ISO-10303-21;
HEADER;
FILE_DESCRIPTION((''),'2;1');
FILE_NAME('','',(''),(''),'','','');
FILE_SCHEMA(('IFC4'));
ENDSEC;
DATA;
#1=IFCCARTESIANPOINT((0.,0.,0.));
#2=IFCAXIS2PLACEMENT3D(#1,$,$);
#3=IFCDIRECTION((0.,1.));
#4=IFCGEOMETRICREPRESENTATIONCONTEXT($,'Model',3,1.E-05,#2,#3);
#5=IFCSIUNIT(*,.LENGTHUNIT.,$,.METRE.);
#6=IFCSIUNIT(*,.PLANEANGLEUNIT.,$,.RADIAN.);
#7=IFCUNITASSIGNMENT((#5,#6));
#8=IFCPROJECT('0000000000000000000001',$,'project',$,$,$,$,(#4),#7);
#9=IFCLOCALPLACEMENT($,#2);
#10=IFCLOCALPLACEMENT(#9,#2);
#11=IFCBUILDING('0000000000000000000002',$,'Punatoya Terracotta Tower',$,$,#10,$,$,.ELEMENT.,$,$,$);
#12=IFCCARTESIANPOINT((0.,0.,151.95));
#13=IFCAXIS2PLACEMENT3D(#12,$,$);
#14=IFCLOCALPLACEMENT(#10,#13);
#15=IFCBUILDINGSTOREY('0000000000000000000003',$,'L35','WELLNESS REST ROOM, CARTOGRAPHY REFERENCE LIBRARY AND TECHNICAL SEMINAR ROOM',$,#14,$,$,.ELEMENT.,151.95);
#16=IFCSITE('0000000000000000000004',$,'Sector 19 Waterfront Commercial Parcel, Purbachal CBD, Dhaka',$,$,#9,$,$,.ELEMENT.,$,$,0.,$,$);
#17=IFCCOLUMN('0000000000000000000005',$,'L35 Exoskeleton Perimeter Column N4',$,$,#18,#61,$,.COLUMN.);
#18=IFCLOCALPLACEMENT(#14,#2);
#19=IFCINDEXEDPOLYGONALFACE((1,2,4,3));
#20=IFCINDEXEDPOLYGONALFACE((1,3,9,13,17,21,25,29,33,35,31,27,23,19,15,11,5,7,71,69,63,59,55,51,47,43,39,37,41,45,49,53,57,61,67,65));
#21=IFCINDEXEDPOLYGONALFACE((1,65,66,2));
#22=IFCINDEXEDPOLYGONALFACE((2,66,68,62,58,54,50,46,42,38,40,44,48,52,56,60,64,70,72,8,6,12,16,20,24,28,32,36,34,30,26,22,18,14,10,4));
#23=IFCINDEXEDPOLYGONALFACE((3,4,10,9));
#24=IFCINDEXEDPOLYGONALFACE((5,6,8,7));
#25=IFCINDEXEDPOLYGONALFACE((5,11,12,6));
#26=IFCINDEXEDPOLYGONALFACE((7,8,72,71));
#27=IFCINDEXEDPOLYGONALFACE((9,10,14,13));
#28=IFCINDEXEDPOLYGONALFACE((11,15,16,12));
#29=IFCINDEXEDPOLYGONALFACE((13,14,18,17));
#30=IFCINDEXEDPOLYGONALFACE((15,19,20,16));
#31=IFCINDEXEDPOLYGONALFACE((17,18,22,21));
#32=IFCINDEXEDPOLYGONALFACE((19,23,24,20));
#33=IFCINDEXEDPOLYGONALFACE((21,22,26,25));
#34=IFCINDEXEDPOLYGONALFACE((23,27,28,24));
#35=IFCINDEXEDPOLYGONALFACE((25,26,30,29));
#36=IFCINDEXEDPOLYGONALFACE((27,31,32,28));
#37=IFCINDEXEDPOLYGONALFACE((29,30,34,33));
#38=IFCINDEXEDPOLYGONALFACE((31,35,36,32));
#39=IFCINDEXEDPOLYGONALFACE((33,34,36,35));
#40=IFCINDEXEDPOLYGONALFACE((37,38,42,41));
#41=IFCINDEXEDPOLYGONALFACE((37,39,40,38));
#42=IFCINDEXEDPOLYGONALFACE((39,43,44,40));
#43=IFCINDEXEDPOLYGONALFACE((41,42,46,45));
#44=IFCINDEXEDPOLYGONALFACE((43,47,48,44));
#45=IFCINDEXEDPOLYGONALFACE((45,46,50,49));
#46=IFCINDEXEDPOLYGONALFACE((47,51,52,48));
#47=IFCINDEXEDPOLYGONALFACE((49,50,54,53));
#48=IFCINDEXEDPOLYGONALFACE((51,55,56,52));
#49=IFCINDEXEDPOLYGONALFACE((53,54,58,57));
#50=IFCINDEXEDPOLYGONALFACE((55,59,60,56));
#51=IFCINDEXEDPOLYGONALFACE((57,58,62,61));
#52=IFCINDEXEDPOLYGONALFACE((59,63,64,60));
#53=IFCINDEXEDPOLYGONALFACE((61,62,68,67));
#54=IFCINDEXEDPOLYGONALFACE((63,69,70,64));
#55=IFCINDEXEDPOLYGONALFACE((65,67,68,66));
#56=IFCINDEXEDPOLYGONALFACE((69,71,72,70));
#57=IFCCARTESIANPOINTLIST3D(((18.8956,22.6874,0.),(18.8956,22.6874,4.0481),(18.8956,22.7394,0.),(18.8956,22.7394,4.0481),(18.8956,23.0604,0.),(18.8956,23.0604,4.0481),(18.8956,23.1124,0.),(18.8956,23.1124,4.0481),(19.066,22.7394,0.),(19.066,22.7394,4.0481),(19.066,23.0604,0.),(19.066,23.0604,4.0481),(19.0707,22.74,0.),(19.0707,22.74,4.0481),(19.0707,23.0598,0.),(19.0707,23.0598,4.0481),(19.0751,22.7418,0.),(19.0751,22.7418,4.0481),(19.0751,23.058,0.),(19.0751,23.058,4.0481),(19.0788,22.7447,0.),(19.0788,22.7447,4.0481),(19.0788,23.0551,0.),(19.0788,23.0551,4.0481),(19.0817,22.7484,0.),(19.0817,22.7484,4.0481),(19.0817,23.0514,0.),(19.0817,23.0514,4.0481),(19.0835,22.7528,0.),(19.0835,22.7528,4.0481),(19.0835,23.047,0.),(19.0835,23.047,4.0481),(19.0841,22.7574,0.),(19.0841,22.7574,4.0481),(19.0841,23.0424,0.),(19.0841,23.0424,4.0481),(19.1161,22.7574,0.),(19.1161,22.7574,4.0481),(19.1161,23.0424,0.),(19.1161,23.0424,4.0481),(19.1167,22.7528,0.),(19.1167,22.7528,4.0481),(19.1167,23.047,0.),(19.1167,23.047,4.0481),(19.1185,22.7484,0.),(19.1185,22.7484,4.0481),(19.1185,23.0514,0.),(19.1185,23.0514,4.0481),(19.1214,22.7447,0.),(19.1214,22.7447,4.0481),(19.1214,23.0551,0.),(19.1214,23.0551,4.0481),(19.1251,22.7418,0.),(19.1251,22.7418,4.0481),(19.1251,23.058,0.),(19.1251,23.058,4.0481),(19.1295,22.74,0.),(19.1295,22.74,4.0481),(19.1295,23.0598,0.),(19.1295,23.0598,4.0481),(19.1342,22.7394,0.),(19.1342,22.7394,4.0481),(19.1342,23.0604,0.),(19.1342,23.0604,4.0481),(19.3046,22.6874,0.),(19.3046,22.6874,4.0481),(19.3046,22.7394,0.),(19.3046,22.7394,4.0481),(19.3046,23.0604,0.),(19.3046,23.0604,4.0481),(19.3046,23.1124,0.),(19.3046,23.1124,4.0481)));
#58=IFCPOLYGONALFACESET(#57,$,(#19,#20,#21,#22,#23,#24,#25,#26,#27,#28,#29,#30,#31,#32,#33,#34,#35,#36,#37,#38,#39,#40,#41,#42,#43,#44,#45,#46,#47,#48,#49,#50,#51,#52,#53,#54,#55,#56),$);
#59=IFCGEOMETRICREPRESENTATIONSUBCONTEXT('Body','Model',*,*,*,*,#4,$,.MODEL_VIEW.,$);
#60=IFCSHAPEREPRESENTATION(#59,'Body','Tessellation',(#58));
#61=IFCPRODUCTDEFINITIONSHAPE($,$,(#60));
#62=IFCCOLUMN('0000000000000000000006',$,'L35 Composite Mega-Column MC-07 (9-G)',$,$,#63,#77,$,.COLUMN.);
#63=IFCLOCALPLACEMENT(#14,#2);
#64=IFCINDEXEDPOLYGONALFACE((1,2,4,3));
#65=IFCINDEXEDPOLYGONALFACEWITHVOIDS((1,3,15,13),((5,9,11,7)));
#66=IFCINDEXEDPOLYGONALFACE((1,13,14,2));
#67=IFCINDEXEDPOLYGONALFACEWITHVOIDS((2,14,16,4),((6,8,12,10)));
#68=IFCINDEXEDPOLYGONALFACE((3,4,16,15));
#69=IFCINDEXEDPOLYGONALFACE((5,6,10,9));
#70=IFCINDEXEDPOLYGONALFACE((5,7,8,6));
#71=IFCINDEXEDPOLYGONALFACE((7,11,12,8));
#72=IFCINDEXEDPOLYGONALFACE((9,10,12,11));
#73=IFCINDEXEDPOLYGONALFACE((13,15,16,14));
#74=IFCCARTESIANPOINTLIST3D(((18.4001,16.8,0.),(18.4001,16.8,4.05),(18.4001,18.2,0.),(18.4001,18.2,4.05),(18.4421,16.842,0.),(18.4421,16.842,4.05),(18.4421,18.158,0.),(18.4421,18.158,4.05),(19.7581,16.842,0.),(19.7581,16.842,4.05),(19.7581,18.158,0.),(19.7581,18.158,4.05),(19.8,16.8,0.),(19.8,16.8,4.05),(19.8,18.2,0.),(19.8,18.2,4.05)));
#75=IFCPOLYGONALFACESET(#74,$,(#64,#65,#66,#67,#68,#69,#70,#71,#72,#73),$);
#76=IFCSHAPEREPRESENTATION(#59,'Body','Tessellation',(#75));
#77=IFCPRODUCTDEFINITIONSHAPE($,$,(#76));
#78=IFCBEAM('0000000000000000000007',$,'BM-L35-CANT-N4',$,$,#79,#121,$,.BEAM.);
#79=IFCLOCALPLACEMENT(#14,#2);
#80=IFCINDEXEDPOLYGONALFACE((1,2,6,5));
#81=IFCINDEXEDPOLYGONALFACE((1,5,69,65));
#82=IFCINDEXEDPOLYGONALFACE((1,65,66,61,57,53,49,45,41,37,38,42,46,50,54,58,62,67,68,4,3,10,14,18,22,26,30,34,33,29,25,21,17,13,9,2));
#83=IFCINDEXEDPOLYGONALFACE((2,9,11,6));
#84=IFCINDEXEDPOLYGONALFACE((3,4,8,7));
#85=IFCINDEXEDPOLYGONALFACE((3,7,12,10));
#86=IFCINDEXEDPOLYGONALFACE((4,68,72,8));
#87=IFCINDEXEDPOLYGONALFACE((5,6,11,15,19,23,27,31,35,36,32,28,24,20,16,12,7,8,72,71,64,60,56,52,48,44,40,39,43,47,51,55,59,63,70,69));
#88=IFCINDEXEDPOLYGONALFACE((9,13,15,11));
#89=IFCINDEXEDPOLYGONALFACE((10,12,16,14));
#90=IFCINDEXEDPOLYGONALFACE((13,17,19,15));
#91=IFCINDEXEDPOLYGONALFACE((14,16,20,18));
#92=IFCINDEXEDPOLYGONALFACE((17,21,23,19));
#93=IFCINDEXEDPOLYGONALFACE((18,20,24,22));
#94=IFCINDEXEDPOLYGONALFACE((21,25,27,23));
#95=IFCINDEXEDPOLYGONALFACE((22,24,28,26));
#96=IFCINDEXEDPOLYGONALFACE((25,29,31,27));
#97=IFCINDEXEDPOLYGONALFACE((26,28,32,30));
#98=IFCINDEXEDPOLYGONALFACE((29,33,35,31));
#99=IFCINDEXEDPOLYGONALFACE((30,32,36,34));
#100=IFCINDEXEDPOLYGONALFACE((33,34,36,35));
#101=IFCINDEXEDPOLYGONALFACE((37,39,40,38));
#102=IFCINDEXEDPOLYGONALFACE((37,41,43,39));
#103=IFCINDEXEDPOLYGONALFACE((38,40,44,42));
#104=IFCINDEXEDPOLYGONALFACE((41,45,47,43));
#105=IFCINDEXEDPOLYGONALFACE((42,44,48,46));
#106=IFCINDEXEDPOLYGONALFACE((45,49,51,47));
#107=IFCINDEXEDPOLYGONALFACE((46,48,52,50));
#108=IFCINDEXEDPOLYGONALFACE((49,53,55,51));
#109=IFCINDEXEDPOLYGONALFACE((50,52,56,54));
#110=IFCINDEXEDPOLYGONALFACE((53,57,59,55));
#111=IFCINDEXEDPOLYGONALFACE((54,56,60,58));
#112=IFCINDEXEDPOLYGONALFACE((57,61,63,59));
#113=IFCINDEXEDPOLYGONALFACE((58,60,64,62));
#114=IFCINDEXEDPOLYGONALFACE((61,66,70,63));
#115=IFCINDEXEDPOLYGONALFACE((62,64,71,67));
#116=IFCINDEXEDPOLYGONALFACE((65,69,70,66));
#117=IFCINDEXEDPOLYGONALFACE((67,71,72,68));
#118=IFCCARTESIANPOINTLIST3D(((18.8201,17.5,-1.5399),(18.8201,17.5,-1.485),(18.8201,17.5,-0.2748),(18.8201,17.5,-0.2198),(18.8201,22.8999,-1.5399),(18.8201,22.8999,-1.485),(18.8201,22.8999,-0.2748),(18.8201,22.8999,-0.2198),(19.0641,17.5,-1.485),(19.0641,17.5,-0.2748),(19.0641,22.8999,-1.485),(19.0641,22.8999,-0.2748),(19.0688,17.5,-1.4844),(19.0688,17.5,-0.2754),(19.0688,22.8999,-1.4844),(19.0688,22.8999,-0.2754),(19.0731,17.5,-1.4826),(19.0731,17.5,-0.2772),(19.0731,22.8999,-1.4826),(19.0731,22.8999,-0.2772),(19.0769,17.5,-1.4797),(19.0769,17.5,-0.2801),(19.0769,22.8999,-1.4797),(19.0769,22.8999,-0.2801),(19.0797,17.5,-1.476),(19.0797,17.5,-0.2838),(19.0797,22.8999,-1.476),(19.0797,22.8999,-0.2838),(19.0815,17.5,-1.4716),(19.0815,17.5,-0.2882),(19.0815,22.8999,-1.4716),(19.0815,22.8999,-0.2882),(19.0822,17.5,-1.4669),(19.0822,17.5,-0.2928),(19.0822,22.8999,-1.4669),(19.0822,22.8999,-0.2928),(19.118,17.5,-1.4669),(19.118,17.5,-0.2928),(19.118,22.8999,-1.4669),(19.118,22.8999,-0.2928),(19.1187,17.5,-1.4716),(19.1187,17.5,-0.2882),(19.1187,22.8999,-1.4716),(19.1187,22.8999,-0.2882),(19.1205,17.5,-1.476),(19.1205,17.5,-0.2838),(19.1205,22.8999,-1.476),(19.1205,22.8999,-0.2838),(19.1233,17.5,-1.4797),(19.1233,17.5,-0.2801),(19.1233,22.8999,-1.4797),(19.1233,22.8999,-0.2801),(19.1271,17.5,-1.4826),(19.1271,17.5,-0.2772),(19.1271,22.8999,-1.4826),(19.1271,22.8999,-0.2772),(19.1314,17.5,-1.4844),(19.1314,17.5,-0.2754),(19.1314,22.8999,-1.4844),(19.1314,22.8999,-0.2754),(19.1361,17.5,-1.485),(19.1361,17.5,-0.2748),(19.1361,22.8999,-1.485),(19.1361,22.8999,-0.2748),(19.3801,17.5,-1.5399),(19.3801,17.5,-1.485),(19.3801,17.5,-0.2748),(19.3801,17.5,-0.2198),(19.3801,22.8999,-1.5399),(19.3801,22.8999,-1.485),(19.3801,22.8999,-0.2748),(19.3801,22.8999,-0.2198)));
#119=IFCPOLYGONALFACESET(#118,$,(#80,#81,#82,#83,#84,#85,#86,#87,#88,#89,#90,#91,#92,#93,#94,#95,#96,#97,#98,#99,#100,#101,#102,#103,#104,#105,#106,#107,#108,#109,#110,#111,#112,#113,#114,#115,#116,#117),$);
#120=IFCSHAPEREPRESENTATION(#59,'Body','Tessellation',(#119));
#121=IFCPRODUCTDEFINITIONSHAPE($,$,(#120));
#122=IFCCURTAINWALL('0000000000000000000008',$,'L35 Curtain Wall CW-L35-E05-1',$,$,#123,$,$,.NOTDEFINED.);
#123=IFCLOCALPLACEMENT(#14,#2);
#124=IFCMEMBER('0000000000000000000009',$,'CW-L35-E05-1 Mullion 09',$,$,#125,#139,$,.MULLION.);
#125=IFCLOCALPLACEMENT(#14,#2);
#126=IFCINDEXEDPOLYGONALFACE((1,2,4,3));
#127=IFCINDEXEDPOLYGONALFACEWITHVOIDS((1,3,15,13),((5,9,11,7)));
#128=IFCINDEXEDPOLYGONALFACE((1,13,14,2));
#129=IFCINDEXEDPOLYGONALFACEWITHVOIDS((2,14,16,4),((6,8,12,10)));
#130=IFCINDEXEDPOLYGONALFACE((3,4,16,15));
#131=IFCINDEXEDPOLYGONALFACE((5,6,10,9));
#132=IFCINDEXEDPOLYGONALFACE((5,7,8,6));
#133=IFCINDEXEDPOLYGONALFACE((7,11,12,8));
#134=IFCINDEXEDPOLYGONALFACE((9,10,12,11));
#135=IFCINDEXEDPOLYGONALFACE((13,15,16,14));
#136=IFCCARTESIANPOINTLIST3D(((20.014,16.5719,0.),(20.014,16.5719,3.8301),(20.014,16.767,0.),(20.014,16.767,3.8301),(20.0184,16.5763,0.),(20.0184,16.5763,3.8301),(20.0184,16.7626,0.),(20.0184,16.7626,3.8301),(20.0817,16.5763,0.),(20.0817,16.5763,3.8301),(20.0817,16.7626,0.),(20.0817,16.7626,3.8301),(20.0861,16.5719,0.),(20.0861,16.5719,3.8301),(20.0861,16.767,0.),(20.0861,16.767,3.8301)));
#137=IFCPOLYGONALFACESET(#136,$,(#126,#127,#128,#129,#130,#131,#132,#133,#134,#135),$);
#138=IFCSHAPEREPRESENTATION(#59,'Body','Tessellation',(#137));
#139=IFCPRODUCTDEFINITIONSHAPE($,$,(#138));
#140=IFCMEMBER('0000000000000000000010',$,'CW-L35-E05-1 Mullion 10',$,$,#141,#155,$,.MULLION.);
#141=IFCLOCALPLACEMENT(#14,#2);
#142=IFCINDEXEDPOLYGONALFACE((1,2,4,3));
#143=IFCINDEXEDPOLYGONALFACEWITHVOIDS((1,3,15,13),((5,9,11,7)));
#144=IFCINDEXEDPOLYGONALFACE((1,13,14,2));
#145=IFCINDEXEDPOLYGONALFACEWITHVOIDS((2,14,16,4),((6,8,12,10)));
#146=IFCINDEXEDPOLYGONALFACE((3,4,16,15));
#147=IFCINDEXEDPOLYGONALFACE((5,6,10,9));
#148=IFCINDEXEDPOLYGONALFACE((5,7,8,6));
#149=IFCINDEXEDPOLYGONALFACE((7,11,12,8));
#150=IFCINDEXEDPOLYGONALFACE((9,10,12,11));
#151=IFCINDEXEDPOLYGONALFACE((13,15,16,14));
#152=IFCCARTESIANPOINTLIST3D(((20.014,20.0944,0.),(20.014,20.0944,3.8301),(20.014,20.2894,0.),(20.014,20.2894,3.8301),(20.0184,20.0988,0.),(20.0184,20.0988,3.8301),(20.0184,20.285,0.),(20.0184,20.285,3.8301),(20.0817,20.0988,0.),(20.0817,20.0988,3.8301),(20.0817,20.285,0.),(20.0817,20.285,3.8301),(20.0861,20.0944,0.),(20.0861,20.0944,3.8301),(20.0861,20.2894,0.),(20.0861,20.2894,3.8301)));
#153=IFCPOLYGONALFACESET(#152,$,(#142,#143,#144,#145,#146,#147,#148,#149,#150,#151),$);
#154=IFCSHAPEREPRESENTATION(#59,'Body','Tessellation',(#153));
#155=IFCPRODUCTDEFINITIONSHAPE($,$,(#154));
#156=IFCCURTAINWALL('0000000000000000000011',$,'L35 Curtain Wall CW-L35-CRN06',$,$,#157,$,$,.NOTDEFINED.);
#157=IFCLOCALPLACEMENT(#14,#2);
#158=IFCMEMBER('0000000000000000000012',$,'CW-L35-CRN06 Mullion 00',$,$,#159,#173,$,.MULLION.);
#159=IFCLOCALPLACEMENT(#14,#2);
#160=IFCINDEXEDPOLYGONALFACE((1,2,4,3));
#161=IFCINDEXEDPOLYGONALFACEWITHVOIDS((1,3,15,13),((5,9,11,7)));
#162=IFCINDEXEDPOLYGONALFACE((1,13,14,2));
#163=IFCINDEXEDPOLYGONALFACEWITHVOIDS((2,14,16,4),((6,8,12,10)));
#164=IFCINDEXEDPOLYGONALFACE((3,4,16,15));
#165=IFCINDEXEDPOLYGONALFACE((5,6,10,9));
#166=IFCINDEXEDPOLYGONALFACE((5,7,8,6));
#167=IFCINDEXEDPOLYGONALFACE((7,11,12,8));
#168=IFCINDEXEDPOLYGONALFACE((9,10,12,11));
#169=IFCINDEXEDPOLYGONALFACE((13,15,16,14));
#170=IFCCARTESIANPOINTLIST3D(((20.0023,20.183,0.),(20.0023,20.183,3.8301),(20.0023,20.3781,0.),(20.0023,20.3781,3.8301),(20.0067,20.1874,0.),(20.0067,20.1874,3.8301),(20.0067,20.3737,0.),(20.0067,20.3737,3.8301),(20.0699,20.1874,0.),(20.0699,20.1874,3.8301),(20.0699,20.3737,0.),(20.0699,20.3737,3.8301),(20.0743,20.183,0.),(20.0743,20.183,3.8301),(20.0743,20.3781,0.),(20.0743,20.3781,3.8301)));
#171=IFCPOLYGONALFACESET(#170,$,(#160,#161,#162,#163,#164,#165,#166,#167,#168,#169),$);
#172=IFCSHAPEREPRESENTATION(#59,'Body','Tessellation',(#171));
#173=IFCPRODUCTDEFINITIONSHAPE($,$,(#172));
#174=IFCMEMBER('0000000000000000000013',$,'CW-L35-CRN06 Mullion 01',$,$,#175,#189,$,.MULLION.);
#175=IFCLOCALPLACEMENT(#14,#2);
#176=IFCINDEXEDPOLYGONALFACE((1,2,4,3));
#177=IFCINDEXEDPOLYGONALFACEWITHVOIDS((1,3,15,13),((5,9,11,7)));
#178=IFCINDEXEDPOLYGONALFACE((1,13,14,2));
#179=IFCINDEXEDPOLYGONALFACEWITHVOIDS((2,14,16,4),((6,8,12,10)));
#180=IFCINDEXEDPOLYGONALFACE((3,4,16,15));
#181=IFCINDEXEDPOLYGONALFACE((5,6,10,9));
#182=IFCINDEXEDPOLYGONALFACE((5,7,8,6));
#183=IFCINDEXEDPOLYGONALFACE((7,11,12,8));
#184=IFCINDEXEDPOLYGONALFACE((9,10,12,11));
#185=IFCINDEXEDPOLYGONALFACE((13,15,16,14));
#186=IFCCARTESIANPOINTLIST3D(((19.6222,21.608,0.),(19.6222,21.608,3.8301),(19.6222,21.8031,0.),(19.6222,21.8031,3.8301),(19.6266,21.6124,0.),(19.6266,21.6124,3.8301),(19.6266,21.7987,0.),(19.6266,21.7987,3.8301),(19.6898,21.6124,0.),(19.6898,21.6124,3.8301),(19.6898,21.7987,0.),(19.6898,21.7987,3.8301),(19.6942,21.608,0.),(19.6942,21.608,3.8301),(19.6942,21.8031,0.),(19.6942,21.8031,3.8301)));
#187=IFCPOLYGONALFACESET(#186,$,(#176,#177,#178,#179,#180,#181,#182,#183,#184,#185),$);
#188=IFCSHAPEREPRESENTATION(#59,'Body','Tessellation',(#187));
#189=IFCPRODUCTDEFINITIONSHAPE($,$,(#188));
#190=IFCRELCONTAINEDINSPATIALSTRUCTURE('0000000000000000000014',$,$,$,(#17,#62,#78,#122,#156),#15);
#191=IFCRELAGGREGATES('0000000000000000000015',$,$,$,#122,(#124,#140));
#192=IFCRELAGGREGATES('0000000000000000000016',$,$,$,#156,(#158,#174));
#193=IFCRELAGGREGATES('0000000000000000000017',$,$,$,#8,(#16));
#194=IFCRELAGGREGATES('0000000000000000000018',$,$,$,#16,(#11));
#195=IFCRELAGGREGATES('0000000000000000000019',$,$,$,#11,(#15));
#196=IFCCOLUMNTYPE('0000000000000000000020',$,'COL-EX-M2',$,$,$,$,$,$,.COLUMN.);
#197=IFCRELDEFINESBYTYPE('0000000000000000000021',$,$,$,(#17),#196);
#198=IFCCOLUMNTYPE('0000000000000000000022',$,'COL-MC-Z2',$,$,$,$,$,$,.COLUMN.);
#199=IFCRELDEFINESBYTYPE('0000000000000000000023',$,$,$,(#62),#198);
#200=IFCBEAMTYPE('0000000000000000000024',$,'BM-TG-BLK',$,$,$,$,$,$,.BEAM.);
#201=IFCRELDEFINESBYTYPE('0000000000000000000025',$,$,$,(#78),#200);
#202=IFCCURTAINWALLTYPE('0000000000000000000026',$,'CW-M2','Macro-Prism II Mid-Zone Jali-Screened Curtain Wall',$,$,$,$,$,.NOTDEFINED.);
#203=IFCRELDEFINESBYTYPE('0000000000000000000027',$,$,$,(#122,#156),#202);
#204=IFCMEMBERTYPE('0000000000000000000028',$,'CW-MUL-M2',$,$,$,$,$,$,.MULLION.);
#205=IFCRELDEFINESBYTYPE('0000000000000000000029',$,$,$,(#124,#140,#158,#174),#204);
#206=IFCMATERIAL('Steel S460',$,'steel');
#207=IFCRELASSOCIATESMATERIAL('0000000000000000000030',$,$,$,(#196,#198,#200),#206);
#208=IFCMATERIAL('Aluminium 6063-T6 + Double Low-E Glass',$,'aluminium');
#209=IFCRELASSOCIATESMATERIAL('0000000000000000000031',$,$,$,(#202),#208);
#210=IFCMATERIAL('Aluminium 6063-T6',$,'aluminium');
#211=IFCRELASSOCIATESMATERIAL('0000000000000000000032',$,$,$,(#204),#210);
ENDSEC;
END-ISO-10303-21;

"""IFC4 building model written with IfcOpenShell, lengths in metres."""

from ifc_helpers import new_model, si_unit, direction, frame, origin, origin_2d, place, context, subcontext, project, spatial, hollow_rectangle, i_section, extrude, material, material_profile, profile_set, type_object, element, aggregate, save


model = new_model("IFC4")

# Units and contexts
model_context = context("Model", 3, precision=1e-05, world=origin(), true_north=direction((0.0, 1.0)))
body_context = subcontext(model_context, "Body", "Model", "MODEL_VIEW")
ifc_project = project(units=[si_unit("LENGTHUNIT", "METRE"), si_unit("PLANEANGLEUNIT", "RADIAN")], contexts=[model_context])

# Site, building, storey
site_placement = place(None, origin())
site = spatial("IfcSite", under=ifc_project, at=site_placement, Name="Sector 19 Waterfront Commercial Parcel, Purbachal CBD, Dhaka", CompositionType="ELEMENT", RefElevation=0.0)
building_placement = place(site_placement, origin())
building = spatial("IfcBuilding", under=site, at=building_placement, Name="Punatoya Terracotta Tower", CompositionType="ELEMENT")
storey_placement = place(building_placement, frame((0.0, 0.0, 151.95)))
storey = spatial("IfcBuildingStorey", under=building, at=storey_placement, Name="L35", Description="WELLNESS REST ROOM, CARTOGRAPHY REFERENCE LIBRARY AND TECHNICAL SEMINAR ROOM", CompositionType="ELEMENT", Elevation=151.95)

# Columns
ifc_material_1 = material(Name="Steel S460", Category="steel")
ifc_material_profile_1 = material_profile(ifc_material_1, i_section(OverallWidth=0.4089, OverallDepth=0.425, WebThickness=0.032, FlangeThickness=0.052, FilletRadius=0.0181, at=origin_2d()))
ifc_profile_set_1 = profile_set([ifc_material_profile_1], Name="Steel S460")
column_type_1 = type_object("IfcColumnType", Name="COL-EX-M2", PredefinedType="COLUMN", material=ifc_profile_set_1)
column_1_placement = place(storey_placement, frame((19.1001, 22.8999, 0.0), z_axis=(0.0, 0.0, 1.0), x_axis=(1.0, 0.0, 0.0)))
element("IfcColumn", 1, at=column_1_placement, inside=storey, type_object=column_type_1, Name="L35 Exoskeleton Perimeter Column N4", PredefinedType="COLUMN", context=body_context, shape_type="SweptSolid", body=[
    extrude(i_section(OverallWidth=0.4089, OverallDepth=0.425, WebThickness=0.032, FlangeThickness=0.052, FilletRadius=0.0181, at=origin_2d()), origin(), (0.0, 0.0, 1.0), 4.0481),
])
ifc_material_profile_2 = material_profile(ifc_material_1, hollow_rectangle(XDim=1.3999, YDim=1.3999, WallThickness=0.042, at=origin_2d()))
ifc_profile_set_2 = profile_set([ifc_material_profile_2], Name="Steel S460")
column_type_2 = type_object("IfcColumnType", Name="COL-MC-Z2", PredefinedType="COLUMN", material=ifc_profile_set_2)
column_2_placement = place(storey_placement, frame((19.1001, 17.5, 0.0), z_axis=(0.0, 0.0, 1.0), x_axis=(1.0, 0.0, 0.0)))
element("IfcColumn", 2, at=column_2_placement, inside=storey, type_object=column_type_2, Name="L35 Composite Mega-Column MC-07 (9-G)", PredefinedType="COLUMN", context=body_context, shape_type="SweptSolid", body=[
    extrude(hollow_rectangle(XDim=1.3999, YDim=1.3999, WallThickness=0.042, at=origin_2d()), origin(), (0.0, 0.0, 1.0), 4.05),
])

# Beam
ifc_material_profile_3 = material_profile(ifc_material_1, i_section(OverallWidth=0.5601, OverallDepth=1.3201, WebThickness=0.0359, FlangeThickness=0.0549, FilletRadius=0.0181, at=origin_2d()))
ifc_profile_set_3 = profile_set([ifc_material_profile_3], Name="Steel S460")
beam_type = type_object("IfcBeamType", Name="BM-TG-BLK", PredefinedType="BEAM", material=ifc_profile_set_3)
beam_placement = place(storey_placement, frame((19.1001, 17.5, -0.8799), z_axis=(0.0, 1.0, 0.0), x_axis=(-1.0, 0.0, 0.0)))
element("IfcBeam", 3, at=beam_placement, inside=storey, type_object=beam_type, Name="BM-L35-CANT-N4", PredefinedType="BEAM", context=body_context, shape_type="SweptSolid", body=[
    extrude(i_section(OverallWidth=0.5601, OverallDepth=1.3201, WebThickness=0.0359, FlangeThickness=0.0549, FilletRadius=0.0181, at=origin_2d()), origin(), (0.0, 0.0, 1.0), 5.3999),
])

# Curtain walls, members
ifc_material_2 = material(Name="Aluminium 6063-T6 + Double Low-E Glass", Category="aluminium")
curtain_wall_type = type_object("IfcCurtainWallType", Name="CW-M2", Description="Macro-Prism II Mid-Zone Jali-Screened Curtain Wall", PredefinedType="NOTDEFINED", material=ifc_material_2)
curtain_wall_1_placement = place(storey_placement, origin())
curtain_wall_1 = element("IfcCurtainWall", 4, at=curtain_wall_1_placement, inside=storey, type_object=curtain_wall_type, Name="L35 Curtain Wall CW-L35-E05-1", PredefinedType="NOTDEFINED")
ifc_material_3 = material(Name="Aluminium 6063-T6", Category="aluminium")
ifc_material_profile_4 = material_profile(ifc_material_3, hollow_rectangle(XDim=0.072, YDim=0.1951, WallThickness=0.0044, at=origin_2d()))
ifc_profile_set_4 = profile_set([ifc_material_profile_4], Name="Aluminium 6063-T6")
member_type_1 = type_object("IfcMemberType", Name="CW-MUL-M2", PredefinedType="MULLION", material=ifc_profile_set_4)
member_1_placement = place(storey_placement, frame((20.05, 16.6694, 0.0), z_axis=(0.0, 0.0, 1.0), x_axis=(1.0, 0.0, 0.0)))
member_1 = element("IfcMember", 5, at=member_1_placement, type_object=member_type_1, Name="CW-L35-E05-1 Mullion 09", PredefinedType="MULLION", context=body_context, shape_type="SweptSolid", body=[
    extrude(hollow_rectangle(XDim=0.072, YDim=0.1951, WallThickness=0.0044, at=origin_2d()), origin(), (0.0, 0.0, 1.0), 3.8301),
])
member_2_placement = place(storey_placement, frame((20.05, 20.1919, 0.0), z_axis=(0.0, 0.0, 1.0), x_axis=(1.0, 0.0, 0.0)))
member_2 = element("IfcMember", 6, at=member_2_placement, type_object=member_type_1, Name="CW-L35-E05-1 Mullion 10", PredefinedType="MULLION", context=body_context, shape_type="SweptSolid", body=[
    extrude(hollow_rectangle(XDim=0.072, YDim=0.1951, WallThickness=0.0044, at=origin_2d()), origin(), (0.0, 0.0, 1.0), 3.8301),
])
curtain_wall_2_placement = place(storey_placement, origin())
curtain_wall_2 = element("IfcCurtainWall", 7, at=curtain_wall_2_placement, inside=storey, type_object=curtain_wall_type, Name="L35 Curtain Wall CW-L35-CRN06", PredefinedType="NOTDEFINED")
member_3_placement = place(storey_placement, frame((20.0383, 20.2805, 0.0), z_axis=(0.0, 0.0, 1.0), x_axis=(1.0, 0.0, 0.0)))
member_3 = element("IfcMember", 8, at=member_3_placement, type_object=member_type_1, Name="CW-L35-CRN06 Mullion 00", PredefinedType="MULLION", context=body_context, shape_type="SweptSolid", body=[
    extrude(hollow_rectangle(XDim=0.072, YDim=0.1951, WallThickness=0.0044, at=origin_2d()), origin(), (0.0, 0.0, 1.0), 3.8301),
])
member_4_placement = place(storey_placement, frame((19.6582, 21.7056, 0.0), z_axis=(0.0, 0.0, 1.0), x_axis=(1.0, 0.0, 0.0)))
member_4 = element("IfcMember", 9, at=member_4_placement, type_object=member_type_1, Name="CW-L35-CRN06 Mullion 01", PredefinedType="MULLION", context=body_context, shape_type="SweptSolid", body=[
    extrude(hollow_rectangle(XDim=0.072, YDim=0.1951, WallThickness=0.0044, at=origin_2d()), origin(), (0.0, 0.0, 1.0), 3.8301),
])

aggregate(curtain_wall_1, [member_1, member_2])
aggregate(curtain_wall_2, [member_3, member_4])

save(model, "model.ifc")
